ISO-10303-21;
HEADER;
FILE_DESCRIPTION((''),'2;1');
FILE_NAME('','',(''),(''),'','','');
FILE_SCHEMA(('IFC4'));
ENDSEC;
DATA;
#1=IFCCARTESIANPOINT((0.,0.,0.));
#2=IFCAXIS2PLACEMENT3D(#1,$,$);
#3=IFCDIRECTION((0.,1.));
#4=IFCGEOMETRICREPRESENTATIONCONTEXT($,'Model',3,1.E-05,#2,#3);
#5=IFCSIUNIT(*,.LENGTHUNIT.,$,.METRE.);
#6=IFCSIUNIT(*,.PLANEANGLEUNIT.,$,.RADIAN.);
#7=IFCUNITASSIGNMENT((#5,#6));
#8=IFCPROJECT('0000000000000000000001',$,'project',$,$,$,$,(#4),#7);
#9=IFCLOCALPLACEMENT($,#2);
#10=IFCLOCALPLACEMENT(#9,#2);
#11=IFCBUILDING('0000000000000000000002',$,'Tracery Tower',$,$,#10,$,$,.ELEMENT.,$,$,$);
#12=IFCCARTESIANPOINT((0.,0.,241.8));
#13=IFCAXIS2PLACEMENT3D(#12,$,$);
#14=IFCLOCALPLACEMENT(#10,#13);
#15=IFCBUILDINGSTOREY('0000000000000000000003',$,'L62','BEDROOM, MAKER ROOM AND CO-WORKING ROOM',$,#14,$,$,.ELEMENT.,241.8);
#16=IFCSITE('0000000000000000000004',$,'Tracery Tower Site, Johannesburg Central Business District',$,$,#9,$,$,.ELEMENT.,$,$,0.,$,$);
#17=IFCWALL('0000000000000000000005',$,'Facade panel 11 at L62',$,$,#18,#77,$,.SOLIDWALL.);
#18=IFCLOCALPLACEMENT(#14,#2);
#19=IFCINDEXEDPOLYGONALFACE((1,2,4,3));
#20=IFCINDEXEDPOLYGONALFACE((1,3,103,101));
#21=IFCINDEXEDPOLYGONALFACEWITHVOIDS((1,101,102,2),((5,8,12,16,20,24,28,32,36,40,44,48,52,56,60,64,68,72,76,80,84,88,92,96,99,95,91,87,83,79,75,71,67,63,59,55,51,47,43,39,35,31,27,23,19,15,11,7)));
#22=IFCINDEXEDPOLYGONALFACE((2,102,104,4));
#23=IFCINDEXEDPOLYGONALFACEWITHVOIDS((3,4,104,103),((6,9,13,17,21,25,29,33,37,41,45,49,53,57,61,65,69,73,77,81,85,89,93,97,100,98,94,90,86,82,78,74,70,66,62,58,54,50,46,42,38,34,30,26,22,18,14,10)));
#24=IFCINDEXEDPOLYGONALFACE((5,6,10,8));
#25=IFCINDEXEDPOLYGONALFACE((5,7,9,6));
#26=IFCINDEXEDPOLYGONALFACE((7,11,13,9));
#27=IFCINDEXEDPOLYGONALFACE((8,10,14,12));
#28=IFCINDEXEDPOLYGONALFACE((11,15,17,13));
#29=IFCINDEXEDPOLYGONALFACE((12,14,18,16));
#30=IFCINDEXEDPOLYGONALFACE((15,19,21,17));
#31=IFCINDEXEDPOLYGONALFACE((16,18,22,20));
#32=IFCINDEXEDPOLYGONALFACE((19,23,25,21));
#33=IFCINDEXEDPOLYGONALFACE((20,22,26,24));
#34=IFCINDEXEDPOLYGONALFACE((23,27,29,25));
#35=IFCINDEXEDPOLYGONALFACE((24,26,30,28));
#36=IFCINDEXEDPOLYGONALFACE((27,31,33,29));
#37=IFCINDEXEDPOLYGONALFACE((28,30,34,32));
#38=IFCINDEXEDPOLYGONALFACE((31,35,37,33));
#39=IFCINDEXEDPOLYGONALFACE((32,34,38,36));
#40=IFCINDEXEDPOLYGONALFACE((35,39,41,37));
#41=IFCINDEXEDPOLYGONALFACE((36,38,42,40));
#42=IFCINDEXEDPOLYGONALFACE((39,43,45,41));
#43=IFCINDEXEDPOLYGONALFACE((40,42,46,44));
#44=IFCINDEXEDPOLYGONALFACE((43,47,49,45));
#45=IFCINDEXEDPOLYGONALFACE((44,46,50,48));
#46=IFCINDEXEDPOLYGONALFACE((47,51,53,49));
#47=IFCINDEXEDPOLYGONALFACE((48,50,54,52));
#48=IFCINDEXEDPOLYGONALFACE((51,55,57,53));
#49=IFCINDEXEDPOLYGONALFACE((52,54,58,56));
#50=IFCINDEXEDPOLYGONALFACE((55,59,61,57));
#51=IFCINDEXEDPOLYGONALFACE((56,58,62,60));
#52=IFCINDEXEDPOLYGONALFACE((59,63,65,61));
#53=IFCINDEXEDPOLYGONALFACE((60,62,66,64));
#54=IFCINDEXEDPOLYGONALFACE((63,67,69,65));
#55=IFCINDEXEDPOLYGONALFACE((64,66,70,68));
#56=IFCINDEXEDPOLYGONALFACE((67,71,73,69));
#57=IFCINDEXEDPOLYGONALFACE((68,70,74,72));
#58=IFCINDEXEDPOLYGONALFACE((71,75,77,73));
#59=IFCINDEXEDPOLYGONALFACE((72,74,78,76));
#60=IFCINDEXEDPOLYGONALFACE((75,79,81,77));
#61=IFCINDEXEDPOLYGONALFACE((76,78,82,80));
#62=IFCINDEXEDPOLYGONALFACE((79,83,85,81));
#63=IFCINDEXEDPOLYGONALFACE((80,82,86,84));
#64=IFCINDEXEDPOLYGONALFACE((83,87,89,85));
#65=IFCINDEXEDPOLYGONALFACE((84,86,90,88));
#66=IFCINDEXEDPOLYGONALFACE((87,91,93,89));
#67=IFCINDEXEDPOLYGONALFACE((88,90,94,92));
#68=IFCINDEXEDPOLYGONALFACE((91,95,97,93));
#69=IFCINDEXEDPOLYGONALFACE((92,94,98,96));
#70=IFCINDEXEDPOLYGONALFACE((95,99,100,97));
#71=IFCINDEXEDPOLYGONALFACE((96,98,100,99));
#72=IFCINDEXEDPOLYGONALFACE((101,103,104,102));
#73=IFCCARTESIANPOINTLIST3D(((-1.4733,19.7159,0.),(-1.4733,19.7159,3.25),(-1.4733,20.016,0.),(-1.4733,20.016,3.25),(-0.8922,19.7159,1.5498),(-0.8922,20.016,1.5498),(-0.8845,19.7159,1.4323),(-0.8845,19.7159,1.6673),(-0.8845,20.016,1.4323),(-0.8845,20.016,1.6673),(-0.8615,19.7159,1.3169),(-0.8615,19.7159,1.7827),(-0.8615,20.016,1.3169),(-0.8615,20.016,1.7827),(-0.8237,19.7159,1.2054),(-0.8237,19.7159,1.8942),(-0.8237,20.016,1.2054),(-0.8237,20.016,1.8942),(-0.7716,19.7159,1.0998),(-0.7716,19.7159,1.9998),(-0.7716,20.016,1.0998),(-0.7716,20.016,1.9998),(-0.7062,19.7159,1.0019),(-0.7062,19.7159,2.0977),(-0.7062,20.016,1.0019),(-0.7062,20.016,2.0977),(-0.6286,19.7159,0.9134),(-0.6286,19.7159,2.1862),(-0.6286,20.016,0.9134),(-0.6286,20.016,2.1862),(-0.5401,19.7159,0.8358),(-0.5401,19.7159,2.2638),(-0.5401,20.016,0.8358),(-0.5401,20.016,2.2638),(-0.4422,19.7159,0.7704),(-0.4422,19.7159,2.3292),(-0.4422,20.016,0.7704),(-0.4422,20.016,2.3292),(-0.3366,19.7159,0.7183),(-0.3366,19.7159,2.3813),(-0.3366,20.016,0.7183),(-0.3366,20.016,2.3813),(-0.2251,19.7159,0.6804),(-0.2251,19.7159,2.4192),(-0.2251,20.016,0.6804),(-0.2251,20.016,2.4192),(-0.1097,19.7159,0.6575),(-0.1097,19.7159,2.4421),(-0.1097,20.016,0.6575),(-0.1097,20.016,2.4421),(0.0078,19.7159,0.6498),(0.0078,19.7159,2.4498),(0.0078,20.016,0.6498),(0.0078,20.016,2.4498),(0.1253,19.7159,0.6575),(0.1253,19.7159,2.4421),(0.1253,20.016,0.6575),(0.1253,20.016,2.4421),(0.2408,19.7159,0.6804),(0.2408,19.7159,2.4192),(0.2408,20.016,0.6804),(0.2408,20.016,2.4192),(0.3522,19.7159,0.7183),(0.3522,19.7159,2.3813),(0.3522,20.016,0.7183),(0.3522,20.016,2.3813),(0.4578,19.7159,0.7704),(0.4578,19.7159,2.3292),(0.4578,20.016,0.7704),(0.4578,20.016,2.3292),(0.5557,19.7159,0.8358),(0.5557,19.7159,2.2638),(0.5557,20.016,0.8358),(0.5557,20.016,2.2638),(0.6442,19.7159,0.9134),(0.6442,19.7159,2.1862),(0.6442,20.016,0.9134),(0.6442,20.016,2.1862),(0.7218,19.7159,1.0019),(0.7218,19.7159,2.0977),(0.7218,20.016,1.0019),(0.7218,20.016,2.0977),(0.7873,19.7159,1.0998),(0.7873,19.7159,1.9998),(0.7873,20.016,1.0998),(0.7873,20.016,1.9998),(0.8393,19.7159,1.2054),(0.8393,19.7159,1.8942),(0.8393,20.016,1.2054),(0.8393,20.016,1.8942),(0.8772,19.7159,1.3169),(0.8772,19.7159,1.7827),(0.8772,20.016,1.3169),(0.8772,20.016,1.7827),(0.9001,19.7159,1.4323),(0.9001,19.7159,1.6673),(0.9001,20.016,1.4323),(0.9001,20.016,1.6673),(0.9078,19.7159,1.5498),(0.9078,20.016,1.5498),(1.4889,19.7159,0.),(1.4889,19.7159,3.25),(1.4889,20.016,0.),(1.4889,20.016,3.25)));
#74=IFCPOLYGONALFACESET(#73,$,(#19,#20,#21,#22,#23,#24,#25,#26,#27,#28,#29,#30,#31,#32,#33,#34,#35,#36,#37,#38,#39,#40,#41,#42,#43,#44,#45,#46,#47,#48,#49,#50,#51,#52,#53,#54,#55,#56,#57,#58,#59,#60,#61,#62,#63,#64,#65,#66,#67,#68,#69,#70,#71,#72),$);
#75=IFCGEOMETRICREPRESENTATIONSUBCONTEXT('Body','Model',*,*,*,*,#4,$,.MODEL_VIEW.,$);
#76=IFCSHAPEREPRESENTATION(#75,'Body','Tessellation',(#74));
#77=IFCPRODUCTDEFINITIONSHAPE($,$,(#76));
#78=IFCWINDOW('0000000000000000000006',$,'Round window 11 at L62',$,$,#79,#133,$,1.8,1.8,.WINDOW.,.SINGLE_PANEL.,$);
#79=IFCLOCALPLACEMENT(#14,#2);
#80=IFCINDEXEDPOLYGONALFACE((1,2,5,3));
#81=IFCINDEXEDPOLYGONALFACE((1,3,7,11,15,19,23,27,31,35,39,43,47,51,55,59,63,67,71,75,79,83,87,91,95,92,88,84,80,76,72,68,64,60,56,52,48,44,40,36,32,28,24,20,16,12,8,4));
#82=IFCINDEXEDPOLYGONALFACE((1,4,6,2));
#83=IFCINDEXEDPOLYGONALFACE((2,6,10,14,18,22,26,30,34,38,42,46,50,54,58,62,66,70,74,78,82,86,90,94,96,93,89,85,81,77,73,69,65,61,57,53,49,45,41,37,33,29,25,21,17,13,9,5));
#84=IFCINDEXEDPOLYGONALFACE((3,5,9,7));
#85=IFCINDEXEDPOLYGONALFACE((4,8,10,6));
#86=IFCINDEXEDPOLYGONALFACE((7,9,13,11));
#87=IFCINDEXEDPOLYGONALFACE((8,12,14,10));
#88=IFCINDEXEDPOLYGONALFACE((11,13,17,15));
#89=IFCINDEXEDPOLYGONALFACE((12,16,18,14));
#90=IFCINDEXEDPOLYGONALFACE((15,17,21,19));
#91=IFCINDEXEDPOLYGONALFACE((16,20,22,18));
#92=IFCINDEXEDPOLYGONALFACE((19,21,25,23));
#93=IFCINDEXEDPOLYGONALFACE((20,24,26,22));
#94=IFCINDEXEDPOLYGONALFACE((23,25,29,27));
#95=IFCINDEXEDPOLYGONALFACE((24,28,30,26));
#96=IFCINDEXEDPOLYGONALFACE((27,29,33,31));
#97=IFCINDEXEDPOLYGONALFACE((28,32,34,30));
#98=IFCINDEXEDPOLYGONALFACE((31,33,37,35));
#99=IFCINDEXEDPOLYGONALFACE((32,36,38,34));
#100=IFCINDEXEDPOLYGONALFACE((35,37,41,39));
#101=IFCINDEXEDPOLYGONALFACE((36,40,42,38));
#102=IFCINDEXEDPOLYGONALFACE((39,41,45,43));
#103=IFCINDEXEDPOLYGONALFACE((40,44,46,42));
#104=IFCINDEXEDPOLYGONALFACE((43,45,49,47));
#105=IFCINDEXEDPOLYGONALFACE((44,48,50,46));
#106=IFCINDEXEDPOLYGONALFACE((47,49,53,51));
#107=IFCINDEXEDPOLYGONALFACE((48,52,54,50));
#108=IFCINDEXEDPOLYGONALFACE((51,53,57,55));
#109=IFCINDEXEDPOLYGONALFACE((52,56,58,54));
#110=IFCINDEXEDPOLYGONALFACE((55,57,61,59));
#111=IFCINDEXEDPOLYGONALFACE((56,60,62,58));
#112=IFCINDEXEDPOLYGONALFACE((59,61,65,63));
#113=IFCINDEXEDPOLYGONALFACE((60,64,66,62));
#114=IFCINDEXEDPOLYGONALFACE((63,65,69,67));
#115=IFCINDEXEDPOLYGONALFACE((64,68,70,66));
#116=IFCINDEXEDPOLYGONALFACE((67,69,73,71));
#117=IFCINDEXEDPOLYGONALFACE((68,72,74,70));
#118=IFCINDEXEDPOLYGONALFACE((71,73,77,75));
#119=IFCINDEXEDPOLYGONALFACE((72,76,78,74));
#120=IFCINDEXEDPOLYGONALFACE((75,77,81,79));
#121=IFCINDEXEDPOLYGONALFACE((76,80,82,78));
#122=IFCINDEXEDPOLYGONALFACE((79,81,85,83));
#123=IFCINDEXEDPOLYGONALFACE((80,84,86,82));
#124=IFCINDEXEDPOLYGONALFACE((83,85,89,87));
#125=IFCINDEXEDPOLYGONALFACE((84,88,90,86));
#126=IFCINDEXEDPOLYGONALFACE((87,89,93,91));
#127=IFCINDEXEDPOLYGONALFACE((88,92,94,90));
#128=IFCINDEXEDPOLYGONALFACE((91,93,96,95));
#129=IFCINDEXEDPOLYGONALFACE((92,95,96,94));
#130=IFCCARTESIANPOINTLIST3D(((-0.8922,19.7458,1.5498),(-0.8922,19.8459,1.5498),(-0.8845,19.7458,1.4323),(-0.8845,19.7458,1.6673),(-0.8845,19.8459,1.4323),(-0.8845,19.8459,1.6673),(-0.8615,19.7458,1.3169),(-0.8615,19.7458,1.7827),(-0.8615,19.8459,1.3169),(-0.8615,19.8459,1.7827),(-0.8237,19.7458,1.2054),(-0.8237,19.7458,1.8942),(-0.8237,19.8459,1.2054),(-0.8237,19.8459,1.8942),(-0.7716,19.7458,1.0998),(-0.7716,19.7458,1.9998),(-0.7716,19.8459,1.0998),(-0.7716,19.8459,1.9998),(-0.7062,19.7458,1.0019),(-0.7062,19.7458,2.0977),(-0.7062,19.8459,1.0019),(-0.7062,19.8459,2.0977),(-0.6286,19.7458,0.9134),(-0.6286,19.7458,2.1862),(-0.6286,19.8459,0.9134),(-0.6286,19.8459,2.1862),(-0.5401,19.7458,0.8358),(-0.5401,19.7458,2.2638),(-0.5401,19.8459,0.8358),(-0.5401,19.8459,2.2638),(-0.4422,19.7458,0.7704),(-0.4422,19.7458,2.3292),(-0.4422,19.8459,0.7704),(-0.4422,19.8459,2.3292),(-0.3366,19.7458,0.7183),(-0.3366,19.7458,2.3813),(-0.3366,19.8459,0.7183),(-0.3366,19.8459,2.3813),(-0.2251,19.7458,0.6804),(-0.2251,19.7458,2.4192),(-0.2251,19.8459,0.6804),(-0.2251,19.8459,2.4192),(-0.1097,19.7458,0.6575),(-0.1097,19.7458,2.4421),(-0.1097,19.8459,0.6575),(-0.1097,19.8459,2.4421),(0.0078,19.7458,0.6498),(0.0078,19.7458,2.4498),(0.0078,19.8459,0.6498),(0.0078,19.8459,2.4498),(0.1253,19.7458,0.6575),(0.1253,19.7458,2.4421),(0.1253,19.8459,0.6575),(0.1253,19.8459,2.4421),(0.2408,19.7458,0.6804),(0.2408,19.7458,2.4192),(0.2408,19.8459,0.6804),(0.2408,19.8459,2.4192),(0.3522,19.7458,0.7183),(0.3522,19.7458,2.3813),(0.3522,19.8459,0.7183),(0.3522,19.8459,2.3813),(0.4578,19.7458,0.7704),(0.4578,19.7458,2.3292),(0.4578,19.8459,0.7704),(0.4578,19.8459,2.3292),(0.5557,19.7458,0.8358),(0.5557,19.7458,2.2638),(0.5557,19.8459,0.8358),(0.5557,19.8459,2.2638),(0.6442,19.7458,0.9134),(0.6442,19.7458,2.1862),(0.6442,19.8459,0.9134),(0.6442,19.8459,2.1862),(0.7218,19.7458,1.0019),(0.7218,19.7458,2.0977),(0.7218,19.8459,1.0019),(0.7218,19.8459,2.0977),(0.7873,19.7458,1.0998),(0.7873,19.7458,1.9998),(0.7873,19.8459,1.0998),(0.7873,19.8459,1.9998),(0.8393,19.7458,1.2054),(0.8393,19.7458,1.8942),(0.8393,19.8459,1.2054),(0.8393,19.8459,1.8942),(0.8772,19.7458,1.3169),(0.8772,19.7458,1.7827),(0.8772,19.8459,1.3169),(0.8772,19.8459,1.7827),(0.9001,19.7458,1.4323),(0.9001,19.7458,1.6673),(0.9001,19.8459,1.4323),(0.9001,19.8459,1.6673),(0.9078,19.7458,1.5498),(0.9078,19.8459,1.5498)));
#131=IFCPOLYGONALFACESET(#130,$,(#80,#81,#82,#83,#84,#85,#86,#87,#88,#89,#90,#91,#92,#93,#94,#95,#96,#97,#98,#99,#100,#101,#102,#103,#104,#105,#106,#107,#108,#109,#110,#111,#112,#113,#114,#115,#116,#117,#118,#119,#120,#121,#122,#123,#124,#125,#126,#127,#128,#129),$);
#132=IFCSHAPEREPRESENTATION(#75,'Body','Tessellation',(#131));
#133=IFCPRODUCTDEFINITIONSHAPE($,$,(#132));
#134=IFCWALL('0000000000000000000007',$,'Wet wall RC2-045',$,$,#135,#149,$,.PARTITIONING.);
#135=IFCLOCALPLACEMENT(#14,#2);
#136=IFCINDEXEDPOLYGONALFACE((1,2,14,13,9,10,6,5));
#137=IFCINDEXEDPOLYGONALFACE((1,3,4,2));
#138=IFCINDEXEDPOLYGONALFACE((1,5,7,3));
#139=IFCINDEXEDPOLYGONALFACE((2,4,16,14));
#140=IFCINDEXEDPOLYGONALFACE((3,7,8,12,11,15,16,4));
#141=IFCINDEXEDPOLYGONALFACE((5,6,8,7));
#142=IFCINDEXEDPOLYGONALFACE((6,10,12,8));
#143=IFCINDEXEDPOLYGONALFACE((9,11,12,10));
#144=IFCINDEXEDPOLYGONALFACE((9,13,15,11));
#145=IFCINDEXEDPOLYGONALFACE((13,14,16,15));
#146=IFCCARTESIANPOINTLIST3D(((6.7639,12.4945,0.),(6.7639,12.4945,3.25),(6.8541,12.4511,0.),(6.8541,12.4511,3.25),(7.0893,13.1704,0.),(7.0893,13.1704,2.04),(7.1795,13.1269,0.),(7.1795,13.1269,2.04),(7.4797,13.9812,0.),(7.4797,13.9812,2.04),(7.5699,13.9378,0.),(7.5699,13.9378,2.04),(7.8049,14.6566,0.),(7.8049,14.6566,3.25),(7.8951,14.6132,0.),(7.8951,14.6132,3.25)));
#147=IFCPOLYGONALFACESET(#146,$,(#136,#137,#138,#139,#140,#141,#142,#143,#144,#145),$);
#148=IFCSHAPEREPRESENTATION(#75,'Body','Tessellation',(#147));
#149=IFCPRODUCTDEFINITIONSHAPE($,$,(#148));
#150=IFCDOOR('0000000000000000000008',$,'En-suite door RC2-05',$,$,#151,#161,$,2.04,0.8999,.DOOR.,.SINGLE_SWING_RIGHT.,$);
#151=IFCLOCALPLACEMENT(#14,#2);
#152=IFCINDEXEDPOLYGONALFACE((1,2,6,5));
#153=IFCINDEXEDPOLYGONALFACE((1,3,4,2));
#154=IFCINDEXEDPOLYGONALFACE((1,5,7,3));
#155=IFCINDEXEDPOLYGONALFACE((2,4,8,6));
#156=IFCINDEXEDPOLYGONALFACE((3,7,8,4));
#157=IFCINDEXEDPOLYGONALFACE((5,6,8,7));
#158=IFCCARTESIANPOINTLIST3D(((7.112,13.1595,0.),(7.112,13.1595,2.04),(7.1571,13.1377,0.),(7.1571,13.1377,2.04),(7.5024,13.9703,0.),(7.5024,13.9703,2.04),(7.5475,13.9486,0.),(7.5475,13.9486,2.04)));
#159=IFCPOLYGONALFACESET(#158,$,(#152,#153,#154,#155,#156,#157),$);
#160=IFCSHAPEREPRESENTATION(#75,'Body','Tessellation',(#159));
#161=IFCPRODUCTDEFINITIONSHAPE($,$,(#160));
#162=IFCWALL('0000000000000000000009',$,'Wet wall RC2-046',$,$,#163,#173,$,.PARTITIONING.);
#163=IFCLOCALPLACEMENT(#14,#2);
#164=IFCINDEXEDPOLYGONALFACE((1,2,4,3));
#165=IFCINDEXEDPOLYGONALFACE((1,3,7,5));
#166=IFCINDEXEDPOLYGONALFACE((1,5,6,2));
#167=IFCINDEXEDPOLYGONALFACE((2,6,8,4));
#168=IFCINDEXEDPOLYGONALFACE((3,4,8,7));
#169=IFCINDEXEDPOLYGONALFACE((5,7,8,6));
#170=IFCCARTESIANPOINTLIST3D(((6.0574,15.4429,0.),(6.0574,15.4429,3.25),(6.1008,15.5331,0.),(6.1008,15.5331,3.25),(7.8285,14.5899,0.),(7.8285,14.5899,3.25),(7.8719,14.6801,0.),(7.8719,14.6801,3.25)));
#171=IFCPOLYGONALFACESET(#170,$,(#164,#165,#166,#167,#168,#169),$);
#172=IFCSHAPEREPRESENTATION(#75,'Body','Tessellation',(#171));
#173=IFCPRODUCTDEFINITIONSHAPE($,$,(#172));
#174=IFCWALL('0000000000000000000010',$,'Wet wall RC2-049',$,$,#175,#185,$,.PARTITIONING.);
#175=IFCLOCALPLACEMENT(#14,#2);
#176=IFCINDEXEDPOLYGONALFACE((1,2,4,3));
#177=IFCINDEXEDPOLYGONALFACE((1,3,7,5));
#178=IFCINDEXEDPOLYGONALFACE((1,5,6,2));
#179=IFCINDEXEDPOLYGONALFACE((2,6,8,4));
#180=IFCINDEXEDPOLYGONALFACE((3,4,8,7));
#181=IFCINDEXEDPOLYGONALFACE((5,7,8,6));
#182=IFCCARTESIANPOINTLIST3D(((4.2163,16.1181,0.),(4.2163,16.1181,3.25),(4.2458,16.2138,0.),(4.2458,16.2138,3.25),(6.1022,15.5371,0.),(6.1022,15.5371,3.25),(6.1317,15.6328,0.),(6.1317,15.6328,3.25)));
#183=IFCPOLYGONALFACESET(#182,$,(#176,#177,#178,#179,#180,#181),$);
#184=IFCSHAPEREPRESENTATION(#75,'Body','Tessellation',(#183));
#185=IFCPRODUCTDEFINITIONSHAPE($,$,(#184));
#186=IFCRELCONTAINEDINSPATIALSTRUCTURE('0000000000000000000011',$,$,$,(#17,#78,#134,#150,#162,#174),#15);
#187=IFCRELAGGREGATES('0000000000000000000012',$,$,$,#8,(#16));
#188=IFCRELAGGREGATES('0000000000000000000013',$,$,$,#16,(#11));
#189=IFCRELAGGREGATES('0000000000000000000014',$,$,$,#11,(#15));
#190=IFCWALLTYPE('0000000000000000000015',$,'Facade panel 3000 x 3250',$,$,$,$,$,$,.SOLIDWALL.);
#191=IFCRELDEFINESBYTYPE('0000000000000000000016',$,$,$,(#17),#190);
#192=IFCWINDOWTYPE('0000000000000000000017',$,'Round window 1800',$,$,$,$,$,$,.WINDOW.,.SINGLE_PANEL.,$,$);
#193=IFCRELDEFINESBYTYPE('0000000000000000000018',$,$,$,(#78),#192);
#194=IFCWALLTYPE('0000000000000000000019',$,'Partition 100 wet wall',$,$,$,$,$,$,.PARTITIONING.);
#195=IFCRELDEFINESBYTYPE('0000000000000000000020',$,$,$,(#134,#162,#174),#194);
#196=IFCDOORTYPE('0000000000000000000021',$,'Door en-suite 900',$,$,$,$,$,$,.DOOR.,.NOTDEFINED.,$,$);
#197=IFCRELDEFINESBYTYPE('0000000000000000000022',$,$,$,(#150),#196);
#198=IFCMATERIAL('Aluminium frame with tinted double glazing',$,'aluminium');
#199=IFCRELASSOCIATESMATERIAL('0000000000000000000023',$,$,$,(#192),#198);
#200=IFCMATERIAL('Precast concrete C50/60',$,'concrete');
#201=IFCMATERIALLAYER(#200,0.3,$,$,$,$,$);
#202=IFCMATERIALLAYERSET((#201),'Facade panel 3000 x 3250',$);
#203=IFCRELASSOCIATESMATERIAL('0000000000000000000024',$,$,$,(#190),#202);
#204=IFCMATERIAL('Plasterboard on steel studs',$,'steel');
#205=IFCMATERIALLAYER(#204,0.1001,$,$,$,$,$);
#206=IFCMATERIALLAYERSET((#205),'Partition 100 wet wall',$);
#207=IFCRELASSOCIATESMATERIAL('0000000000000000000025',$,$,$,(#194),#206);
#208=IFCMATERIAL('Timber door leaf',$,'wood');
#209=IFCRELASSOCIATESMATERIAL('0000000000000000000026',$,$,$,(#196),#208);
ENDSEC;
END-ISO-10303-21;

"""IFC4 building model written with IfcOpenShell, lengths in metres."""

from ifc_helpers import new_model, si_unit, direction, frame, frame_2d, origin, origin_2d, place, context, subcontext, project, spatial, rectangle, circle, extrude, material, layer, layer_set, type_object, element, fill, save


model = new_model("IFC4")

# Units and contexts
model_context = context("Model", 3, precision=1e-05, world=origin(), true_north=direction((0.0, 1.0)))
body_context = subcontext(model_context, "Body", "Model", "MODEL_VIEW")
ifc_project = project(units=[si_unit("LENGTHUNIT", "METRE"), si_unit("PLANEANGLEUNIT", "RADIAN")], contexts=[model_context])

# Site, building, storey
site_placement = place(None, origin())
site = spatial("IfcSite", under=ifc_project, at=site_placement, Name="Tracery Tower Site, Johannesburg Central Business District", CompositionType="ELEMENT", RefElevation=0.0)
building_placement = place(site_placement, origin())
building = spatial("IfcBuilding", under=site, at=building_placement, Name="Tracery Tower", CompositionType="ELEMENT")
storey_placement = place(building_placement, frame((0.0, 0.0, 241.8)))
storey = spatial("IfcBuildingStorey", under=building, at=storey_placement, Name="L62", Description="BEDROOM, MAKER ROOM AND CO-WORKING ROOM", CompositionType="ELEMENT", Elevation=241.8)

# Wall, opening, window
ifc_material_1 = material(Name="Aluminium frame with tinted double glazing", Category="aluminium")
window_type = type_object("IfcWindowType", Name="Round window 1800", PartitioningType="SINGLE_PANEL", PredefinedType="WINDOW", material=ifc_material_1)
ifc_material_2 = material(Name="Precast concrete C50/60", Category="concrete")
ifc_layer_1 = layer(ifc_material_2, 0.3)
ifc_layer_set_1 = layer_set([ifc_layer_1], Name="Facade panel 3000 x 3250")
wall_type_1 = type_object("IfcWallType", Name="Facade panel 3000 x 3250", PredefinedType="SOLIDWALL", material=ifc_layer_set_1)
wall_1_placement = place(storey_placement, frame((1.4888, 19.866, 0.0), z_axis=(0.0, 0.0, 1.0), x_axis=(-1.0, 0.0, 0.0)))
wall_1 = element("IfcWall", 1, at=wall_1_placement, inside=storey, type_object=wall_type_1, Name="Facade panel 11 at L62", PredefinedType="SOLIDWALL", context=body_context, shape_type="SweptSolid", body=[
    extrude(rectangle(XDim=2.9622, YDim=0.3, at=frame_2d((1.481, 0.0))), origin(), (0.0, 0.0, 1.0), 3.25),
])
opening_1_placement = place(wall_1_placement, frame((1.481, 0.0, 1.5498)))
opening_1 = element("IfcOpeningElement", 2, at=opening_1_placement, cuts=wall_1, PredefinedType="OPENING", context=body_context, shape_type="SweptSolid", body=[
    extrude(circle(Radius=0.9, at=origin_2d()), frame((0.0, 0.1599, 0.0), z_axis=(0.0, -1.0, 0.0), x_axis=(1.0, 0.0, 0.0)), (0.0, 0.0, 1.0), 0.3201),
])
window_1_placement = place(opening_1_placement, origin())
window_1 = element("IfcWindow", 3, at=window_1_placement, inside=storey, type_object=window_type, Name="Round window 11 at L62", OverallHeight=1.8, OverallWidth=1.8, PartitioningType="SINGLE_PANEL", PredefinedType="WINDOW", context=body_context, shape_type="SweptSolid", body=[
    extrude(circle(Radius=0.9, at=origin_2d()), frame((0.0, 0.1201, 0.0), z_axis=(0.0, -1.0, 0.0), x_axis=(1.0, 0.0, 0.0)), (0.0, 0.0, 1.0), 0.1001),
])
fill(opening_1, window_1)

# Wall, opening, door
ifc_material_3 = material(Name="Plasterboard on steel studs", Category="steel")
ifc_layer_2 = layer(ifc_material_3, 0.1001)
ifc_layer_set_2 = layer_set([ifc_layer_2], Name="Partition 100 wet wall")
wall_type_2 = type_object("IfcWallType", Name="Partition 100 wet wall", PredefinedType="PARTITIONING", material=ifc_layer_set_2)
wall_2_placement = place(storey_placement, frame((6.8091, 12.4729, 0.0), z_axis=(0.0, 0.0, 1.0), x_axis=(0.433816, 0.901002, 0.0)))
wall_2 = element("IfcWall", 4, at=wall_2_placement, inside=storey, type_object=wall_type_2, Name="Wet wall RC2-045", PredefinedType="PARTITIONING", context=body_context, shape_type="SweptSolid", body=[
    extrude(rectangle(XDim=2.3997, YDim=0.1001, at=frame_2d((1.1997, 0.0))), origin(), (0.0, 0.0, 1.0), 3.25),
])
opening_2_placement = place(wall_2_placement, frame((0.75, 0.0, 0.0)))
opening_2 = element("IfcOpeningElement", 5, at=opening_2_placement, cuts=wall_2, PredefinedType="OPENING", context=body_context, shape_type="SweptSolid", body=[
    extrude(rectangle(XDim=0.8999, YDim=2.04, at=frame_2d((0.45, 1.02))), frame((0.0, 0.05, 0.0), z_axis=(0.0, -1.0, 0.0), x_axis=(1.0, 0.0, 0.0)), (0.0, 0.0, 1.0), 0.1001),
])
ifc_material_4 = material(Name="Timber door leaf", Category="wood")
door_type_1 = type_object("IfcDoorType", Name="Door en-suite 900", OperationType="NOTDEFINED", PredefinedType="DOOR", material=ifc_material_4)
door_1_placement = place(opening_2_placement, origin())
door_1 = element("IfcDoor", 6, at=door_1_placement, inside=storey, type_object=door_type_1, Name="En-suite door RC2-05", OperationType="SINGLE_SWING_RIGHT", OverallHeight=2.04, OverallWidth=0.8999, PredefinedType="DOOR", context=body_context, shape_type="SweptSolid", body=[
    extrude(rectangle(XDim=0.8999, YDim=2.04, at=frame_2d((0.45, 1.02))), frame((0.0, 0.0249, 0.0), z_axis=(0.0, -1.0, 0.0), x_axis=(1.0, 0.0, 0.0)), (0.0, 0.0, 1.0), 0.05),
])
fill(opening_2, door_1)

# Walls
wall_3_placement = place(storey_placement, frame((6.0791, 15.488, 0.0), z_axis=(0.0, 0.0, 1.0), x_axis=(0.900937, -0.43395, 0.0)))
element("IfcWall", 7, at=wall_3_placement, inside=storey, type_object=wall_type_2, Name="Wet wall RC2-046", PredefinedType="PARTITIONING", context=body_context, shape_type="SweptSolid", body=[
    extrude(rectangle(XDim=1.9658, YDim=0.1001, at=frame_2d((0.9829, 0.0))), origin(), (0.0, 0.0, 1.0), 3.25),
])
wall_4_placement = place(storey_placement, frame((4.231, 16.166, 0.0), z_axis=(0.0, 0.0, 1.0), x_axis=(0.955672, -0.294434, 0.0)))
element("IfcWall", 8, at=wall_4_placement, inside=storey, type_object=wall_type_2, Name="Wet wall RC2-049", PredefinedType="PARTITIONING", context=body_context, shape_type="SweptSolid", body=[
    extrude(rectangle(XDim=1.9734, YDim=0.1001, at=frame_2d((0.9868, 0.0))), origin(), (0.0, 0.0, 1.0), 3.25),
])

save(model, "model.ifc")
